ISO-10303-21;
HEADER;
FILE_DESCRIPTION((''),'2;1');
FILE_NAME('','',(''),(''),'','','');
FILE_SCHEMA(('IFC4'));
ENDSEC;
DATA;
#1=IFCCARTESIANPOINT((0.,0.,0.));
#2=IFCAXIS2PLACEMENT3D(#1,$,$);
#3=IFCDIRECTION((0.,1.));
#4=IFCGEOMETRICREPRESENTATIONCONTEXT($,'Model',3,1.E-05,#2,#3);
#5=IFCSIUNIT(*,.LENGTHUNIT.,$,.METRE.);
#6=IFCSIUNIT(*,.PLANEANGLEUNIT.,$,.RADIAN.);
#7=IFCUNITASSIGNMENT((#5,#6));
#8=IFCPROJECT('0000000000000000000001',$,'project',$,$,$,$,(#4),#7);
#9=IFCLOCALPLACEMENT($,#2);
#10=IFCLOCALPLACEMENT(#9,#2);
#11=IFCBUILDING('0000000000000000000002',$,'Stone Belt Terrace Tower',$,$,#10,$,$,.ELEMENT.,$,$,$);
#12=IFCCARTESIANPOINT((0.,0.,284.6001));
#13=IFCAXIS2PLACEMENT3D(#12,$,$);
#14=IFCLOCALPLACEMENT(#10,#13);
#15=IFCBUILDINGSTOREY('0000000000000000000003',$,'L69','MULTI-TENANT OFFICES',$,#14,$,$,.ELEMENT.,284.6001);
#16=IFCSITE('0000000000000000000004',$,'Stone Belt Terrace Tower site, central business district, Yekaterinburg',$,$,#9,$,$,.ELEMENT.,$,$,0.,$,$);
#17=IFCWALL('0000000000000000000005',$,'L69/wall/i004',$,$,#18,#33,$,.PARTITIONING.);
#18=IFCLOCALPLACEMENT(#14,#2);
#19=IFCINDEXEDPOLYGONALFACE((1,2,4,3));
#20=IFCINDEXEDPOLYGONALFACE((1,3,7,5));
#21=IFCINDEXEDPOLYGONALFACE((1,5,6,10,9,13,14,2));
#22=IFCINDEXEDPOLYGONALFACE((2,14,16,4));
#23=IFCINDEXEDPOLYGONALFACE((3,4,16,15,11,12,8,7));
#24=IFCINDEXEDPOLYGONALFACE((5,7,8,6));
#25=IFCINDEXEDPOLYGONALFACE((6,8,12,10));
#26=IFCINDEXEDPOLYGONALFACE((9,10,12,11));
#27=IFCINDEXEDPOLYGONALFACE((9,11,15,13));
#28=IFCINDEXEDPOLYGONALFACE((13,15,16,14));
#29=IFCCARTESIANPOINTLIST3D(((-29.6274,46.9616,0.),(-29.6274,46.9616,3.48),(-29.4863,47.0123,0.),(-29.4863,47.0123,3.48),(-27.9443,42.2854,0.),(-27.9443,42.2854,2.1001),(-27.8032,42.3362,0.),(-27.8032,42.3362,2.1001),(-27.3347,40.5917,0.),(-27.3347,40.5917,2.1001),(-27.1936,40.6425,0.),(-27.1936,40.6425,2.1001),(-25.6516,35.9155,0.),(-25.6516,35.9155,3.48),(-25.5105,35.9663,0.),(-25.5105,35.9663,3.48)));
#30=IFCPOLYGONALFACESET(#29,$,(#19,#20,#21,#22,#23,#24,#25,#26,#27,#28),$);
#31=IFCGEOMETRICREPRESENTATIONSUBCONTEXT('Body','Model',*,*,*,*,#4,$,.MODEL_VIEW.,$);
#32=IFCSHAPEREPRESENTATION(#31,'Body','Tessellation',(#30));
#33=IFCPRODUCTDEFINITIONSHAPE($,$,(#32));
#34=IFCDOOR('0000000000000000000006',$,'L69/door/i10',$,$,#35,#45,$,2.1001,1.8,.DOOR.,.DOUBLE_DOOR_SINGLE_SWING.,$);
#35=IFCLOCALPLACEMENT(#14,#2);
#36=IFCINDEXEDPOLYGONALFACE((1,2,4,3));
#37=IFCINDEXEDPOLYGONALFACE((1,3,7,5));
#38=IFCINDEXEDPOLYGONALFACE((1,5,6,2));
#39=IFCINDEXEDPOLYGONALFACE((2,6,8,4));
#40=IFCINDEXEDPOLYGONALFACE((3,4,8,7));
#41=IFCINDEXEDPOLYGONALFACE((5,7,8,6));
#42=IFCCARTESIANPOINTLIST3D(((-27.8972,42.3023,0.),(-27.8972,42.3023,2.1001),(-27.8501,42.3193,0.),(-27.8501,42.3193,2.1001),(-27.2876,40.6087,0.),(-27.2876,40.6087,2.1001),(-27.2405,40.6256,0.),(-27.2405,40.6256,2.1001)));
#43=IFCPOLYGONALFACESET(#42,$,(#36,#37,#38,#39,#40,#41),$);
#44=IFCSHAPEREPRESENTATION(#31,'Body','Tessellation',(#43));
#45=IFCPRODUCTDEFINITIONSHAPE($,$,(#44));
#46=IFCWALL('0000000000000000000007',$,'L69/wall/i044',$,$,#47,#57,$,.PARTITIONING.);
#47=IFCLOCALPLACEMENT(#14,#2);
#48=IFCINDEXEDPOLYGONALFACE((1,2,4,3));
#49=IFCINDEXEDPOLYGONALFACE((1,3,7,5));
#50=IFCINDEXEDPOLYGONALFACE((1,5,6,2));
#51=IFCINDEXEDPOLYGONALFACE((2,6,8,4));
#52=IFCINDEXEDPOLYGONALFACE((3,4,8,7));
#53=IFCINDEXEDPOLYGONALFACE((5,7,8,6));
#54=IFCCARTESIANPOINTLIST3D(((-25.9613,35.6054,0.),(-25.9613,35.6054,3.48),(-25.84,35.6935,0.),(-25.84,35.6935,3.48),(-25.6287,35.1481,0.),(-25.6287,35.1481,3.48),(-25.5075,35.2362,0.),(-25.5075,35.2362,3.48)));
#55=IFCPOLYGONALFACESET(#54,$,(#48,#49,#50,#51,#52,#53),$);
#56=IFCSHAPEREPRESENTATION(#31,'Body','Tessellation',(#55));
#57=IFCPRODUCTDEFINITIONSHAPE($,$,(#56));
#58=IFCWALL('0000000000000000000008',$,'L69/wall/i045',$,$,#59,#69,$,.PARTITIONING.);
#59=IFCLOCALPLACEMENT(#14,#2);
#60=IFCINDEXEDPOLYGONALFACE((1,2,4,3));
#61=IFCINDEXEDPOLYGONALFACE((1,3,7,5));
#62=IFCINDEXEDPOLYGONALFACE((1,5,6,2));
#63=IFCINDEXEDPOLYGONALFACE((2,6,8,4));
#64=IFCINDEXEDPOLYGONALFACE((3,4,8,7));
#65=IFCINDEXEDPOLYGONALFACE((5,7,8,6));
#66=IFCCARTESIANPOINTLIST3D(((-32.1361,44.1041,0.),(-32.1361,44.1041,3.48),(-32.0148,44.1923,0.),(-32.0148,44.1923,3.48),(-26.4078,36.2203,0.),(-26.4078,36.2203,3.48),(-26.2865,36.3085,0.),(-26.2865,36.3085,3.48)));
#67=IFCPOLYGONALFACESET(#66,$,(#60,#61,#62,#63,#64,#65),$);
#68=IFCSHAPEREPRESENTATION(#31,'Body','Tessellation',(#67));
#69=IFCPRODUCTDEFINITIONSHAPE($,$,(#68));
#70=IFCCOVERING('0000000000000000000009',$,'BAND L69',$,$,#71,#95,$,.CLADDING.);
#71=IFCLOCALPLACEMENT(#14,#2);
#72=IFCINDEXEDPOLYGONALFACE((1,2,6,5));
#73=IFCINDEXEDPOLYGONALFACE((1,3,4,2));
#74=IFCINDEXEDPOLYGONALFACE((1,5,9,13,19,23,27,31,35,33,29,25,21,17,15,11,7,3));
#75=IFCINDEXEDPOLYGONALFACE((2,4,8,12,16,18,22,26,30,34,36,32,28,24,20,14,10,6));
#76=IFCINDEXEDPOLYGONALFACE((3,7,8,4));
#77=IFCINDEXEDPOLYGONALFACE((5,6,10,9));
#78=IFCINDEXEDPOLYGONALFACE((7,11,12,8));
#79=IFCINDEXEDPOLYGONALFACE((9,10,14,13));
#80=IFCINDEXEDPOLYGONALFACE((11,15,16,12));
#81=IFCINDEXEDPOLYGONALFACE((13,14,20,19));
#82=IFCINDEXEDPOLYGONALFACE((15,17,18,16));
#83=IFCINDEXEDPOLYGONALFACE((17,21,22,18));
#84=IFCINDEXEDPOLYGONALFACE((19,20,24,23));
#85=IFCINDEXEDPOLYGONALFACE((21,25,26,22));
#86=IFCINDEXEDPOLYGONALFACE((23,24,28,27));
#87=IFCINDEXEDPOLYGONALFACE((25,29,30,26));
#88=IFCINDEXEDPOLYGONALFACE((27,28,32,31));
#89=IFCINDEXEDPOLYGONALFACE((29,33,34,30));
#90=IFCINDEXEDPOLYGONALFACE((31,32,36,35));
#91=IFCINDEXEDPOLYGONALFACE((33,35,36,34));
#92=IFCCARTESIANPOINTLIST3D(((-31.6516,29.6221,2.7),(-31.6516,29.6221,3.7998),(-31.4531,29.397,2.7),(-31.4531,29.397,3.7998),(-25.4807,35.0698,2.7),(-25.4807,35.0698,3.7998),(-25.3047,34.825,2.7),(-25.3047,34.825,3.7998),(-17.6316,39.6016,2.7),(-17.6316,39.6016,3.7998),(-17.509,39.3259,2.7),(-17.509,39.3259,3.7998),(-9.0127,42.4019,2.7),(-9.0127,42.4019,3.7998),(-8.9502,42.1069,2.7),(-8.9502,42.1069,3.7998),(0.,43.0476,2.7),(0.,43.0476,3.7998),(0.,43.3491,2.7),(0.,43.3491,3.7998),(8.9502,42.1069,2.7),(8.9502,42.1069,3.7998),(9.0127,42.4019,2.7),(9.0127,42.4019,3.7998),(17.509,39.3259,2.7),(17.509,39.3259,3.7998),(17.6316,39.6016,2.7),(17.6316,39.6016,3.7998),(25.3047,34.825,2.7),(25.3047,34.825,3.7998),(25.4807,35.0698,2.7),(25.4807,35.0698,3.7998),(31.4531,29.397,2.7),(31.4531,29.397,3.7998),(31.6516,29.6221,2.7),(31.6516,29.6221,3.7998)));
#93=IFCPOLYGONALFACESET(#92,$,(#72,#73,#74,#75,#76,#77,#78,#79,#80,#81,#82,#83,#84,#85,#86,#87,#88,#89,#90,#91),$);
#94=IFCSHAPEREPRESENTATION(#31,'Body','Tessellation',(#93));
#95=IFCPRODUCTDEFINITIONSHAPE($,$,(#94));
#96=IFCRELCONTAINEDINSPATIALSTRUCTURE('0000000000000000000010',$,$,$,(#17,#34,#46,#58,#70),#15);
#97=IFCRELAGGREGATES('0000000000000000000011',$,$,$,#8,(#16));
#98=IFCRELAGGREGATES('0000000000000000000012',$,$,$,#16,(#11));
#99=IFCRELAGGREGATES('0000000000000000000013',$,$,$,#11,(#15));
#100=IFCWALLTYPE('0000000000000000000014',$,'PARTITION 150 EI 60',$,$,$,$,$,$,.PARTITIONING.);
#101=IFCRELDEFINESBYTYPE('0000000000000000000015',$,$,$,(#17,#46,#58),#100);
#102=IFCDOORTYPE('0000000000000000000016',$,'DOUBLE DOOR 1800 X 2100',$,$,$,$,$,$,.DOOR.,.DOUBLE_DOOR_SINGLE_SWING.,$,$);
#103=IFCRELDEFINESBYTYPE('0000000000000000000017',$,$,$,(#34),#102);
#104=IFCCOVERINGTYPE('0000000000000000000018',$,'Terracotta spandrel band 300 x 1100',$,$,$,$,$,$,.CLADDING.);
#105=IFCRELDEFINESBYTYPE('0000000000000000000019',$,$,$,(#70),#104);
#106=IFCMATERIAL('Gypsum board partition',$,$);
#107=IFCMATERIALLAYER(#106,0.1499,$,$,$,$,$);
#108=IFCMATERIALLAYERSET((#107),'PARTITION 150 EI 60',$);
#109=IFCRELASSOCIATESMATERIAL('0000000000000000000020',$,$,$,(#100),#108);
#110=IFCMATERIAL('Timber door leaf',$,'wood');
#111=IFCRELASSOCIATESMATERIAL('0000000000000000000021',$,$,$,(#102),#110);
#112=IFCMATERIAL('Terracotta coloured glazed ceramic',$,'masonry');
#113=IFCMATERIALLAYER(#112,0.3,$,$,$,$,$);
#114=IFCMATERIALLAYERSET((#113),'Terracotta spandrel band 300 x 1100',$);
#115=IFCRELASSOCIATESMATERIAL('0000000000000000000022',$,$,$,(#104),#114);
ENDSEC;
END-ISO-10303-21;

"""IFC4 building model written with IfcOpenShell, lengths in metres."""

from ifc_helpers import new_model, si_unit, direction, frame, frame_2d, origin, place, context, subcontext, project, spatial, polyline, rectangle, outline, extrude, material, layer, layer_set, type_object, element, fill, save


model = new_model("IFC4")

# Units and contexts
model_context = context("Model", 3, precision=1e-05, world=origin(), true_north=direction((0.0, 1.0)))
body_context = subcontext(model_context, "Body", "Model", "MODEL_VIEW")
ifc_project = project(units=[si_unit("LENGTHUNIT", "METRE"), si_unit("PLANEANGLEUNIT", "RADIAN")], contexts=[model_context])

# Site, building, storey
site_placement = place(None, origin())
site = spatial("IfcSite", under=ifc_project, at=site_placement, Name="Stone Belt Terrace Tower site, central business district, Yekaterinburg", CompositionType="ELEMENT", RefElevation=0.0)
building_placement = place(site_placement, origin())
building = spatial("IfcBuilding", under=site, at=building_placement, Name="Stone Belt Terrace Tower", CompositionType="ELEMENT")
storey_placement = place(building_placement, frame((0.0, 0.0, 284.6001)))
storey = spatial("IfcBuildingStorey", under=building, at=storey_placement, Name="L69", Description="MULTI-TENANT OFFICES", CompositionType="ELEMENT", Elevation=284.6001)

# Shared definitions
ifc_material_1 = material(Name="Timber door leaf", Category="wood")

# Shared definitions
ifc_material_2 = material(Name="Gypsum board partition")
ifc_layer_1 = layer(ifc_material_2, 0.1499)
ifc_layer_set_1 = layer_set([ifc_layer_1], Name="PARTITION 150 EI 60")
wall_type_1 = type_object("IfcWallType", Name="PARTITION 150 EI 60", PredefinedType="PARTITIONING", material=ifc_layer_set_1)

# Wall, opening, door
wall_1_placement = place(storey_placement, frame((-25.5811, 35.9409, 0.0), z_axis=(0.0, 0.0, 1.0), x_axis=(-0.338661, 0.940909, 0.0)))
wall_1 = element("IfcWall", 1, at=wall_1_placement, inside=storey, type_object=wall_type_1, Name="L69/wall/i004", PredefinedType="PARTITIONING", context=body_context, shape_type="SweptSolid", body=[
    extrude(rectangle(XDim=11.7397, YDim=0.1499, at=frame_2d((5.8699, 0.0))), origin(), (0.0, 0.0, 1.0), 3.48),
])
opening_1_placement = place(wall_1_placement, frame((4.97, 0.0, 0.0)))
opening_1 = element("IfcOpeningElement", 2, at=opening_1_placement, cuts=wall_1, PredefinedType="OPENING", context=body_context, shape_type="SweptSolid", body=[
    extrude(rectangle(XDim=1.8, YDim=2.1001, at=frame_2d((0.8999, 1.05))), frame((0.0, 0.085, 0.0), z_axis=(0.0, -1.0, 0.0), x_axis=(1.0, 0.0, 0.0)), (0.0, 0.0, 1.0), 0.1699),
])
door_type_1 = type_object("IfcDoorType", Name="DOUBLE DOOR 1800 X 2100", OperationType="DOUBLE_DOOR_SINGLE_SWING", PredefinedType="DOOR", material=ifc_material_1)
door_1_placement = place(opening_1_placement, origin())
door_1 = element("IfcDoor", 3, at=door_1_placement, inside=storey, type_object=door_type_1, Name="L69/door/i10", OperationType="DOUBLE_DOOR_SINGLE_SWING", OverallHeight=2.1001, OverallWidth=1.8, PredefinedType="DOOR", context=body_context, shape_type="SweptSolid", body=[
    extrude(rectangle(XDim=1.8, YDim=2.1001, at=frame_2d((0.8999, 1.05))), frame((0.0, 0.0249, 0.0), z_axis=(0.0, -1.0, 0.0), x_axis=(1.0, 0.0, 0.0)), (0.0, 0.0, 1.0), 0.05),
])
fill(opening_1, door_1)

# Walls
wall_2_placement = place(storey_placement, frame((-25.5681, 35.1921, 0.0), z_axis=(0.0, 0.0, 1.0), x_axis=(-0.58812, 0.808773, 0.0)))
element("IfcWall", 4, at=wall_2_placement, inside=storey, type_object=wall_type_1, Name="L69/wall/i044", PredefinedType="PARTITIONING", context=body_context, shape_type="SweptSolid", body=[
    extrude(rectangle(XDim=0.5654, YDim=0.1499, at=frame_2d((0.2827, 0.0))), origin(), (0.0, 0.0, 1.0), 3.48),
])
wall_3_placement = place(storey_placement, frame((-26.3472, 36.2644, 0.0), z_axis=(0.0, 0.0, 1.0), x_axis=(-0.58781, 0.808999, 0.0)))
element("IfcWall", 5, at=wall_3_placement, inside=storey, type_object=wall_type_1, Name="L69/wall/i045", PredefinedType="PARTITIONING", context=body_context, shape_type="SweptSolid", body=[
    extrude(rectangle(XDim=9.7451, YDim=0.1499, at=frame_2d((4.8726, 0.0))), origin(), (0.0, 0.0, 1.0), 3.48),
])

# Covering
ifc_material_3 = material(Name="Terracotta coloured glazed ceramic", Category="masonry")
ifc_layer_2 = layer(ifc_material_3, 0.3)
ifc_layer_set_2 = layer_set([ifc_layer_2], Name="Terracotta spandrel band 300 x 1100")
covering_type = type_object("IfcCoveringType", Name="Terracotta spandrel band 300 x 1100", PredefinedType="CLADDING", material=ifc_layer_set_2)
covering_placement = place(storey_placement, frame((0.0, 0.0, 2.7)))
element("IfcCovering", 6, at=covering_placement, inside=storey, type_object=covering_type, Name="BAND L69", PredefinedType="CLADDING", context=body_context, shape_type="SweptSolid", body=[
    extrude(outline(polyline([(-31.6516, 29.6221), (-25.4807, 35.0698), (-17.6316, 39.6016), (-9.0127, 42.4019), (0.0, 43.3491), (9.0127, 42.4019), (17.6316, 39.6016), (25.4807, 35.0698), (31.6516, 29.6221), (31.4531, 29.397), (25.3047, 34.825), (17.509, 39.3259), (8.9502, 42.1069), (0.0, 43.0476), (-8.9502, 42.1069), (-17.509, 39.3259), (-25.3047, 34.825), (-31.4531, 29.397), (-31.6516, 29.6221)])), origin(), (0.0, 0.0, 1.0), 1.0999),
])

save(model, "model.ifc")
